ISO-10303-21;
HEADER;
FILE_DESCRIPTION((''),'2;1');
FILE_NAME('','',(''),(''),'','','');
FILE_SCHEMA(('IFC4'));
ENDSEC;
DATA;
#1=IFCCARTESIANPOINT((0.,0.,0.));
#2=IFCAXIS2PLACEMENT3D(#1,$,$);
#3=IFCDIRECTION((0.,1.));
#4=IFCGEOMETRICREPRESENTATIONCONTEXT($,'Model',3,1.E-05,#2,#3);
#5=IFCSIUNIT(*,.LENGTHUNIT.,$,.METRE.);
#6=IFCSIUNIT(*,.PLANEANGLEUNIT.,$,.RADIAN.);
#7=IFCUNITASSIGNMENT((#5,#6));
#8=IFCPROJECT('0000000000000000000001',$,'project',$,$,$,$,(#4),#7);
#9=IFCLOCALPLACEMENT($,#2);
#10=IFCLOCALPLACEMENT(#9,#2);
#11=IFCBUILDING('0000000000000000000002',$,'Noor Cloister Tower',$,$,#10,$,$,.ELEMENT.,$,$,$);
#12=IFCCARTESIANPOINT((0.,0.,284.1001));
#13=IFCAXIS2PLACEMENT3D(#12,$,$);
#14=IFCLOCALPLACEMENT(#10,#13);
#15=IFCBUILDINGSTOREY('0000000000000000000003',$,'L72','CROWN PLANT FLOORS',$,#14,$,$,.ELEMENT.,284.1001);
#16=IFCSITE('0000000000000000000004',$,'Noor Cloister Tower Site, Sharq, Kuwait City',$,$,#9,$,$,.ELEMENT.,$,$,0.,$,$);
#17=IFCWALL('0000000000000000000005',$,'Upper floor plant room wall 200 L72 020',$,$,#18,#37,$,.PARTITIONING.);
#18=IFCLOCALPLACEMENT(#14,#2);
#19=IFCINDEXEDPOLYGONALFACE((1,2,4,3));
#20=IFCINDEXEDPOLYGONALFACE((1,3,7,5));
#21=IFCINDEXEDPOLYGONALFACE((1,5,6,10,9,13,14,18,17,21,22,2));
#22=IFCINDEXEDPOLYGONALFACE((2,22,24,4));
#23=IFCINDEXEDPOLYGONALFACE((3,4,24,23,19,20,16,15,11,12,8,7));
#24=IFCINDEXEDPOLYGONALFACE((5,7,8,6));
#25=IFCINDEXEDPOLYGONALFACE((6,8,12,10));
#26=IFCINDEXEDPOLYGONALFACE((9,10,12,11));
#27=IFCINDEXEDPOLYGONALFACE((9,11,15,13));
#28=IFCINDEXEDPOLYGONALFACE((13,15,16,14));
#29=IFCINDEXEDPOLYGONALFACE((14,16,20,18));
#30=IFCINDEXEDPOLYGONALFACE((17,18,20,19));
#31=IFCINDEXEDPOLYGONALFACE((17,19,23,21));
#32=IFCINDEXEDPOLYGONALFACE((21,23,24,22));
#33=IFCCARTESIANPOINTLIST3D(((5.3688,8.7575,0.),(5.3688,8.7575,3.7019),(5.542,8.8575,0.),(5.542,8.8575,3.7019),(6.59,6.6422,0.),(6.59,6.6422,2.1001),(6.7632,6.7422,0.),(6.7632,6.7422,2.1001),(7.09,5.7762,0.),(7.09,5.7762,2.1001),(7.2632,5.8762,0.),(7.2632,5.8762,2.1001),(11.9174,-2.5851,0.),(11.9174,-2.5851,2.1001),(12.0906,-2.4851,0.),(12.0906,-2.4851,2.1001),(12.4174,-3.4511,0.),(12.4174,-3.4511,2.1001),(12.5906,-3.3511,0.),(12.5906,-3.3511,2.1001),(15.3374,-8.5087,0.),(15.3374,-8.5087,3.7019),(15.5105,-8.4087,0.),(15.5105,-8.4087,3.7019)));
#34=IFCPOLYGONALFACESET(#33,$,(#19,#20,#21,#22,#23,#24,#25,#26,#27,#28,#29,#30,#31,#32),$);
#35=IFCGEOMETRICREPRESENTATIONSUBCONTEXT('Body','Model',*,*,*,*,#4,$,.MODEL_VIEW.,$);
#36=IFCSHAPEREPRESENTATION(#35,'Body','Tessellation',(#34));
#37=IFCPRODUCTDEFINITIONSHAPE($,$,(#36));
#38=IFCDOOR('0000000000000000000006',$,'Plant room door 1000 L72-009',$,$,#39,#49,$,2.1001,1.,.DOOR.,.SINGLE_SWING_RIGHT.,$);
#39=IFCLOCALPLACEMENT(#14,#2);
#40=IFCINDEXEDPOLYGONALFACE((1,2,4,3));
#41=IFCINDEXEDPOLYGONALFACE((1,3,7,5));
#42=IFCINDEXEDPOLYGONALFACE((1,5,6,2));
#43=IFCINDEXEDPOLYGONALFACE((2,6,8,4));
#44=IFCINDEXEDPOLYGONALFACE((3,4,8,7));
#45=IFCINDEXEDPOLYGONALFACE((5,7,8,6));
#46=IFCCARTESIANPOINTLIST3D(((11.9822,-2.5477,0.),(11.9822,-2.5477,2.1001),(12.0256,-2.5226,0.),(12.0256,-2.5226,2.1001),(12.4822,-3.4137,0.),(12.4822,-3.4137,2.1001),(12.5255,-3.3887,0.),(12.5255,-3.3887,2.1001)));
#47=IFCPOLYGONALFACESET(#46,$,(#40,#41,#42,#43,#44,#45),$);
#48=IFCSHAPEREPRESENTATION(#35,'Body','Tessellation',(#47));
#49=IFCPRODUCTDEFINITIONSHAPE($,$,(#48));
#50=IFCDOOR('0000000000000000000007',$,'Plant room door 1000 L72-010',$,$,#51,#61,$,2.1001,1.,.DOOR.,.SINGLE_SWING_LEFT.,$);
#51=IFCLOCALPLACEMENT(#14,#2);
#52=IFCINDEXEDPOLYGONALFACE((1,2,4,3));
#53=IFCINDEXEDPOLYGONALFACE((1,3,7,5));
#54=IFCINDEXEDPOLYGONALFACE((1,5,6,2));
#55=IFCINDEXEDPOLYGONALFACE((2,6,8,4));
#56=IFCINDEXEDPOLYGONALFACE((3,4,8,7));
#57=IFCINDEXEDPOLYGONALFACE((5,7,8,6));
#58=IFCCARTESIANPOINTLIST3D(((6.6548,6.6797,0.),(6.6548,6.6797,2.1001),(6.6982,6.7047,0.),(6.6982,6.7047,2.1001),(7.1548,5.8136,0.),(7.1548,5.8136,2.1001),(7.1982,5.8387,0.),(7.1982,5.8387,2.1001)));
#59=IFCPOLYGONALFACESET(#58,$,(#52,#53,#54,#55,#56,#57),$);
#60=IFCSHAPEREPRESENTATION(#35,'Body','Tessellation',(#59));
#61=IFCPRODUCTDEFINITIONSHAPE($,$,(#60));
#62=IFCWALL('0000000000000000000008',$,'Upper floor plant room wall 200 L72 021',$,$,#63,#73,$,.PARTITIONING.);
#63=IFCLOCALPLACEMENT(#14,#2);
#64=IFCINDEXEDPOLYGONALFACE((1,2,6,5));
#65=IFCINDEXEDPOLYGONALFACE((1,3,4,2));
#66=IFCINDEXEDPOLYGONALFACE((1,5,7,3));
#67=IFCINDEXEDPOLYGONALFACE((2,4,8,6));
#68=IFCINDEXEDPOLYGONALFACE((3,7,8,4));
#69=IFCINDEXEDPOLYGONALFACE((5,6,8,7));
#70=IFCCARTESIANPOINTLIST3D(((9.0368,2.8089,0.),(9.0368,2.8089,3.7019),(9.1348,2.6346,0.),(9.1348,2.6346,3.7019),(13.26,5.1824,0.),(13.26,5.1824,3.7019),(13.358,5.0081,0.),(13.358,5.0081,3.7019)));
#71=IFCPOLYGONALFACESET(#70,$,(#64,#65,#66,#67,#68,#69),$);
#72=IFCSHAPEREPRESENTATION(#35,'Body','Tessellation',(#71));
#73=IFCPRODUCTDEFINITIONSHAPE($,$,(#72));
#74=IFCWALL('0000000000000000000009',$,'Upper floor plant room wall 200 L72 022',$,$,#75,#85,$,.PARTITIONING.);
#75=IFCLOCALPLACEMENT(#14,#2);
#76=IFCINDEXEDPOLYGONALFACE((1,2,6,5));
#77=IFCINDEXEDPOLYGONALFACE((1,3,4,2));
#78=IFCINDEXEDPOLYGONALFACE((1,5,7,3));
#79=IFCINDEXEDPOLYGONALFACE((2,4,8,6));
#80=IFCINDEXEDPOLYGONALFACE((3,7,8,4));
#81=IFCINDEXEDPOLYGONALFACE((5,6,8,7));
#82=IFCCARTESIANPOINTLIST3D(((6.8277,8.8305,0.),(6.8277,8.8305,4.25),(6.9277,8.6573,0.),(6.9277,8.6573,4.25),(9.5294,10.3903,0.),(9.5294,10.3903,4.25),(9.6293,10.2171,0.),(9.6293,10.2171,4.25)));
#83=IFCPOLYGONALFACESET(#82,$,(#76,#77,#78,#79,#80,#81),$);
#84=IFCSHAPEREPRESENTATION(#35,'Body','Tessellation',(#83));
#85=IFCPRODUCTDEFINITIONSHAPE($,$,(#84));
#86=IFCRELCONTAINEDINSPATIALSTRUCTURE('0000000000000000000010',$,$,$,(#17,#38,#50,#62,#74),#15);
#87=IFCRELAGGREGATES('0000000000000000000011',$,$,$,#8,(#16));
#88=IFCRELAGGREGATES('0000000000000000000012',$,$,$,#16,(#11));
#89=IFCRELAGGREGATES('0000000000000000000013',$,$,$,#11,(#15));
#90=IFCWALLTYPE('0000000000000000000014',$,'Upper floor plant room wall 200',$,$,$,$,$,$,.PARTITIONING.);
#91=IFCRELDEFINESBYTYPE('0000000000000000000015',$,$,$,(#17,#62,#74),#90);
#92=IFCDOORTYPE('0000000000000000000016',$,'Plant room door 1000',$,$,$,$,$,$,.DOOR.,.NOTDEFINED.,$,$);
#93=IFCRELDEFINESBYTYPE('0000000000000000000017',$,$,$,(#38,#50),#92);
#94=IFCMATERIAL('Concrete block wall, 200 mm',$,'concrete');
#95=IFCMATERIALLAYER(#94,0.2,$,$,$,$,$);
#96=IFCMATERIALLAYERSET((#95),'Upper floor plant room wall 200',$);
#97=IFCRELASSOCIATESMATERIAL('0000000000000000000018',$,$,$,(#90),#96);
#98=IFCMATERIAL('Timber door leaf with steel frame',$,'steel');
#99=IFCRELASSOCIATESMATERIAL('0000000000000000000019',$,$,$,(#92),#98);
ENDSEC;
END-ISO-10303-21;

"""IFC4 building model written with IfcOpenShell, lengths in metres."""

from ifc_helpers import new_model, si_unit, direction, frame, frame_2d, origin, place, context, subcontext, project, spatial, rectangle, extrude, material, layer, layer_set, type_object, element, fill, save


model = new_model("IFC4")

# Units and contexts
model_context = context("Model", 3, precision=1e-05, world=origin(), true_north=direction((0.0, 1.0)))
body_context = subcontext(model_context, "Body", "Model", "MODEL_VIEW")
ifc_project = project(units=[si_unit("LENGTHUNIT", "METRE"), si_unit("PLANEANGLEUNIT", "RADIAN")], contexts=[model_context])

# Site, building, storey
site_placement = place(None, origin())
site = spatial("IfcSite", under=ifc_project, at=site_placement, Name="Noor Cloister Tower Site, Sharq, Kuwait City", CompositionType="ELEMENT", RefElevation=0.0)
building_placement = place(site_placement, origin())
building = spatial("IfcBuilding", under=site, at=building_placement, Name="Noor Cloister Tower", CompositionType="ELEMENT")
storey_placement = place(building_placement, frame((0.0, 0.0, 284.1001)))
storey = spatial("IfcBuildingStorey", under=building, at=storey_placement, Name="L72", Description="CROWN PLANT FLOORS", CompositionType="ELEMENT", Elevation=284.1001)

# Shared definitions
ifc_material_1 = material(Name="Concrete block wall, 200 mm", Category="concrete")
ifc_layer_1 = layer(ifc_material_1, 0.2)
ifc_layer_set_1 = layer_set([ifc_layer_1], Name="Upper floor plant room wall 200")
wall_type_1 = type_object("IfcWallType", Name="Upper floor plant room wall 200", PredefinedType="PARTITIONING", material=ifc_layer_set_1)

# Wall, openings, doors
wall_1_placement = place(storey_placement, frame((5.4553, 8.8076, 0.0), z_axis=(0.0, 0.0, 1.0), x_axis=(0.499997, -0.866027, 0.0)))
wall_1 = element("IfcWall", 1, at=wall_1_placement, inside=storey, type_object=wall_type_1, Name="Upper floor plant room wall 200 L72 020", PredefinedType="PARTITIONING", context=body_context, shape_type="SweptSolid", body=[
    extrude(rectangle(XDim=19.9373, YDim=0.2, at=frame_2d((9.9688, 0.0))), origin(), (0.0, 0.0, 1.0), 3.7019),
])
opening_1_placement = place(wall_1_placement, frame((13.0974, 0.0, 0.0)))
opening_1 = element("IfcOpeningElement", 2, at=opening_1_placement, cuts=wall_1, PredefinedType="OPENING", context=body_context, shape_type="SweptSolid", body=[
    extrude(rectangle(XDim=1.0, YDim=2.1001, at=frame_2d((0.5, 1.05))), frame((0.0, 0.1099, 0.0), z_axis=(0.0, -1.0, 0.0), x_axis=(1.0, 0.0, 0.0)), (0.0, 0.0, 1.0), 0.22),
])
opening_2_placement = place(wall_1_placement, frame((2.4426, 0.0, 0.0)))
opening_2 = element("IfcOpeningElement", 3, at=opening_2_placement, cuts=wall_1, PredefinedType="OPENING", context=body_context, shape_type="SweptSolid", body=[
    extrude(rectangle(XDim=1.0, YDim=2.1001, at=frame_2d((0.5, 1.05))), frame((0.0, 0.1099, 0.0), z_axis=(0.0, -1.0, 0.0), x_axis=(1.0, 0.0, 0.0)), (0.0, 0.0, 1.0), 0.22),
])
ifc_material_2 = material(Name="Timber door leaf with steel frame", Category="steel")
door_type_1 = type_object("IfcDoorType", Name="Plant room door 1000", OperationType="NOTDEFINED", PredefinedType="DOOR", material=ifc_material_2)
door_1_placement = place(opening_1_placement, origin())
door_1 = element("IfcDoor", 4, at=door_1_placement, inside=storey, type_object=door_type_1, Name="Plant room door 1000 L72-009", OperationType="SINGLE_SWING_RIGHT", OverallHeight=2.1001, OverallWidth=1.0, PredefinedType="DOOR", context=body_context, shape_type="SweptSolid", body=[
    extrude(rectangle(XDim=1.0, YDim=2.1001, at=frame_2d((0.5, 1.05))), frame((0.0, 0.0249, 0.0), z_axis=(0.0, -1.0, 0.0), x_axis=(1.0, 0.0, 0.0)), (0.0, 0.0, 1.0), 0.05),
])
fill(opening_1, door_1)
door_2_placement = place(opening_2_placement, origin())
door_2 = element("IfcDoor", 5, at=door_2_placement, inside=storey, type_object=door_type_1, Name="Plant room door 1000 L72-010", OperationType="SINGLE_SWING_LEFT", OverallHeight=2.1001, OverallWidth=1.0, PredefinedType="DOOR", context=body_context, shape_type="SweptSolid", body=[
    extrude(rectangle(XDim=1.0, YDim=2.1001, at=frame_2d((0.5, 1.05))), frame((0.0, 0.0249, 0.0), z_axis=(0.0, -1.0, 0.0), x_axis=(1.0, 0.0, 0.0)), (0.0, 0.0, 1.0), 0.05),
])
fill(opening_2, door_2)

# Walls
wall_2_placement = place(storey_placement, frame((9.0857, 2.7217, 0.0), z_axis=(0.0, 0.0, 1.0), x_axis=(0.87175, 0.48995, 0.0)))
element("IfcWall", 6, at=wall_2_placement, inside=storey, type_object=wall_type_1, Name="Upper floor plant room wall 200 L72 021", PredefinedType="PARTITIONING", context=body_context, shape_type="SweptSolid", body=[
    extrude(rectangle(XDim=4.8445, YDim=0.2, at=frame_2d((2.4224, 0.0))), origin(), (0.0, 0.0, 1.0), 3.7019),
])
wall_3_placement = place(storey_placement, frame((6.8777, 8.7439, 0.0), z_axis=(0.0, 0.0, 1.0), x_axis=(0.866024, 0.500002, 0.0)))
element("IfcWall", 7, at=wall_3_placement, inside=storey, type_object=wall_type_1, Name="Upper floor plant room wall 200 L72 022", PredefinedType="PARTITIONING", context=body_context, shape_type="SweptSolid", body=[
    extrude(rectangle(XDim=3.1196, YDim=0.2, at=frame_2d((1.5598, 0.0))), origin(), (0.0, 0.0, 1.0), 4.25),
])

save(model, "model.ifc")
